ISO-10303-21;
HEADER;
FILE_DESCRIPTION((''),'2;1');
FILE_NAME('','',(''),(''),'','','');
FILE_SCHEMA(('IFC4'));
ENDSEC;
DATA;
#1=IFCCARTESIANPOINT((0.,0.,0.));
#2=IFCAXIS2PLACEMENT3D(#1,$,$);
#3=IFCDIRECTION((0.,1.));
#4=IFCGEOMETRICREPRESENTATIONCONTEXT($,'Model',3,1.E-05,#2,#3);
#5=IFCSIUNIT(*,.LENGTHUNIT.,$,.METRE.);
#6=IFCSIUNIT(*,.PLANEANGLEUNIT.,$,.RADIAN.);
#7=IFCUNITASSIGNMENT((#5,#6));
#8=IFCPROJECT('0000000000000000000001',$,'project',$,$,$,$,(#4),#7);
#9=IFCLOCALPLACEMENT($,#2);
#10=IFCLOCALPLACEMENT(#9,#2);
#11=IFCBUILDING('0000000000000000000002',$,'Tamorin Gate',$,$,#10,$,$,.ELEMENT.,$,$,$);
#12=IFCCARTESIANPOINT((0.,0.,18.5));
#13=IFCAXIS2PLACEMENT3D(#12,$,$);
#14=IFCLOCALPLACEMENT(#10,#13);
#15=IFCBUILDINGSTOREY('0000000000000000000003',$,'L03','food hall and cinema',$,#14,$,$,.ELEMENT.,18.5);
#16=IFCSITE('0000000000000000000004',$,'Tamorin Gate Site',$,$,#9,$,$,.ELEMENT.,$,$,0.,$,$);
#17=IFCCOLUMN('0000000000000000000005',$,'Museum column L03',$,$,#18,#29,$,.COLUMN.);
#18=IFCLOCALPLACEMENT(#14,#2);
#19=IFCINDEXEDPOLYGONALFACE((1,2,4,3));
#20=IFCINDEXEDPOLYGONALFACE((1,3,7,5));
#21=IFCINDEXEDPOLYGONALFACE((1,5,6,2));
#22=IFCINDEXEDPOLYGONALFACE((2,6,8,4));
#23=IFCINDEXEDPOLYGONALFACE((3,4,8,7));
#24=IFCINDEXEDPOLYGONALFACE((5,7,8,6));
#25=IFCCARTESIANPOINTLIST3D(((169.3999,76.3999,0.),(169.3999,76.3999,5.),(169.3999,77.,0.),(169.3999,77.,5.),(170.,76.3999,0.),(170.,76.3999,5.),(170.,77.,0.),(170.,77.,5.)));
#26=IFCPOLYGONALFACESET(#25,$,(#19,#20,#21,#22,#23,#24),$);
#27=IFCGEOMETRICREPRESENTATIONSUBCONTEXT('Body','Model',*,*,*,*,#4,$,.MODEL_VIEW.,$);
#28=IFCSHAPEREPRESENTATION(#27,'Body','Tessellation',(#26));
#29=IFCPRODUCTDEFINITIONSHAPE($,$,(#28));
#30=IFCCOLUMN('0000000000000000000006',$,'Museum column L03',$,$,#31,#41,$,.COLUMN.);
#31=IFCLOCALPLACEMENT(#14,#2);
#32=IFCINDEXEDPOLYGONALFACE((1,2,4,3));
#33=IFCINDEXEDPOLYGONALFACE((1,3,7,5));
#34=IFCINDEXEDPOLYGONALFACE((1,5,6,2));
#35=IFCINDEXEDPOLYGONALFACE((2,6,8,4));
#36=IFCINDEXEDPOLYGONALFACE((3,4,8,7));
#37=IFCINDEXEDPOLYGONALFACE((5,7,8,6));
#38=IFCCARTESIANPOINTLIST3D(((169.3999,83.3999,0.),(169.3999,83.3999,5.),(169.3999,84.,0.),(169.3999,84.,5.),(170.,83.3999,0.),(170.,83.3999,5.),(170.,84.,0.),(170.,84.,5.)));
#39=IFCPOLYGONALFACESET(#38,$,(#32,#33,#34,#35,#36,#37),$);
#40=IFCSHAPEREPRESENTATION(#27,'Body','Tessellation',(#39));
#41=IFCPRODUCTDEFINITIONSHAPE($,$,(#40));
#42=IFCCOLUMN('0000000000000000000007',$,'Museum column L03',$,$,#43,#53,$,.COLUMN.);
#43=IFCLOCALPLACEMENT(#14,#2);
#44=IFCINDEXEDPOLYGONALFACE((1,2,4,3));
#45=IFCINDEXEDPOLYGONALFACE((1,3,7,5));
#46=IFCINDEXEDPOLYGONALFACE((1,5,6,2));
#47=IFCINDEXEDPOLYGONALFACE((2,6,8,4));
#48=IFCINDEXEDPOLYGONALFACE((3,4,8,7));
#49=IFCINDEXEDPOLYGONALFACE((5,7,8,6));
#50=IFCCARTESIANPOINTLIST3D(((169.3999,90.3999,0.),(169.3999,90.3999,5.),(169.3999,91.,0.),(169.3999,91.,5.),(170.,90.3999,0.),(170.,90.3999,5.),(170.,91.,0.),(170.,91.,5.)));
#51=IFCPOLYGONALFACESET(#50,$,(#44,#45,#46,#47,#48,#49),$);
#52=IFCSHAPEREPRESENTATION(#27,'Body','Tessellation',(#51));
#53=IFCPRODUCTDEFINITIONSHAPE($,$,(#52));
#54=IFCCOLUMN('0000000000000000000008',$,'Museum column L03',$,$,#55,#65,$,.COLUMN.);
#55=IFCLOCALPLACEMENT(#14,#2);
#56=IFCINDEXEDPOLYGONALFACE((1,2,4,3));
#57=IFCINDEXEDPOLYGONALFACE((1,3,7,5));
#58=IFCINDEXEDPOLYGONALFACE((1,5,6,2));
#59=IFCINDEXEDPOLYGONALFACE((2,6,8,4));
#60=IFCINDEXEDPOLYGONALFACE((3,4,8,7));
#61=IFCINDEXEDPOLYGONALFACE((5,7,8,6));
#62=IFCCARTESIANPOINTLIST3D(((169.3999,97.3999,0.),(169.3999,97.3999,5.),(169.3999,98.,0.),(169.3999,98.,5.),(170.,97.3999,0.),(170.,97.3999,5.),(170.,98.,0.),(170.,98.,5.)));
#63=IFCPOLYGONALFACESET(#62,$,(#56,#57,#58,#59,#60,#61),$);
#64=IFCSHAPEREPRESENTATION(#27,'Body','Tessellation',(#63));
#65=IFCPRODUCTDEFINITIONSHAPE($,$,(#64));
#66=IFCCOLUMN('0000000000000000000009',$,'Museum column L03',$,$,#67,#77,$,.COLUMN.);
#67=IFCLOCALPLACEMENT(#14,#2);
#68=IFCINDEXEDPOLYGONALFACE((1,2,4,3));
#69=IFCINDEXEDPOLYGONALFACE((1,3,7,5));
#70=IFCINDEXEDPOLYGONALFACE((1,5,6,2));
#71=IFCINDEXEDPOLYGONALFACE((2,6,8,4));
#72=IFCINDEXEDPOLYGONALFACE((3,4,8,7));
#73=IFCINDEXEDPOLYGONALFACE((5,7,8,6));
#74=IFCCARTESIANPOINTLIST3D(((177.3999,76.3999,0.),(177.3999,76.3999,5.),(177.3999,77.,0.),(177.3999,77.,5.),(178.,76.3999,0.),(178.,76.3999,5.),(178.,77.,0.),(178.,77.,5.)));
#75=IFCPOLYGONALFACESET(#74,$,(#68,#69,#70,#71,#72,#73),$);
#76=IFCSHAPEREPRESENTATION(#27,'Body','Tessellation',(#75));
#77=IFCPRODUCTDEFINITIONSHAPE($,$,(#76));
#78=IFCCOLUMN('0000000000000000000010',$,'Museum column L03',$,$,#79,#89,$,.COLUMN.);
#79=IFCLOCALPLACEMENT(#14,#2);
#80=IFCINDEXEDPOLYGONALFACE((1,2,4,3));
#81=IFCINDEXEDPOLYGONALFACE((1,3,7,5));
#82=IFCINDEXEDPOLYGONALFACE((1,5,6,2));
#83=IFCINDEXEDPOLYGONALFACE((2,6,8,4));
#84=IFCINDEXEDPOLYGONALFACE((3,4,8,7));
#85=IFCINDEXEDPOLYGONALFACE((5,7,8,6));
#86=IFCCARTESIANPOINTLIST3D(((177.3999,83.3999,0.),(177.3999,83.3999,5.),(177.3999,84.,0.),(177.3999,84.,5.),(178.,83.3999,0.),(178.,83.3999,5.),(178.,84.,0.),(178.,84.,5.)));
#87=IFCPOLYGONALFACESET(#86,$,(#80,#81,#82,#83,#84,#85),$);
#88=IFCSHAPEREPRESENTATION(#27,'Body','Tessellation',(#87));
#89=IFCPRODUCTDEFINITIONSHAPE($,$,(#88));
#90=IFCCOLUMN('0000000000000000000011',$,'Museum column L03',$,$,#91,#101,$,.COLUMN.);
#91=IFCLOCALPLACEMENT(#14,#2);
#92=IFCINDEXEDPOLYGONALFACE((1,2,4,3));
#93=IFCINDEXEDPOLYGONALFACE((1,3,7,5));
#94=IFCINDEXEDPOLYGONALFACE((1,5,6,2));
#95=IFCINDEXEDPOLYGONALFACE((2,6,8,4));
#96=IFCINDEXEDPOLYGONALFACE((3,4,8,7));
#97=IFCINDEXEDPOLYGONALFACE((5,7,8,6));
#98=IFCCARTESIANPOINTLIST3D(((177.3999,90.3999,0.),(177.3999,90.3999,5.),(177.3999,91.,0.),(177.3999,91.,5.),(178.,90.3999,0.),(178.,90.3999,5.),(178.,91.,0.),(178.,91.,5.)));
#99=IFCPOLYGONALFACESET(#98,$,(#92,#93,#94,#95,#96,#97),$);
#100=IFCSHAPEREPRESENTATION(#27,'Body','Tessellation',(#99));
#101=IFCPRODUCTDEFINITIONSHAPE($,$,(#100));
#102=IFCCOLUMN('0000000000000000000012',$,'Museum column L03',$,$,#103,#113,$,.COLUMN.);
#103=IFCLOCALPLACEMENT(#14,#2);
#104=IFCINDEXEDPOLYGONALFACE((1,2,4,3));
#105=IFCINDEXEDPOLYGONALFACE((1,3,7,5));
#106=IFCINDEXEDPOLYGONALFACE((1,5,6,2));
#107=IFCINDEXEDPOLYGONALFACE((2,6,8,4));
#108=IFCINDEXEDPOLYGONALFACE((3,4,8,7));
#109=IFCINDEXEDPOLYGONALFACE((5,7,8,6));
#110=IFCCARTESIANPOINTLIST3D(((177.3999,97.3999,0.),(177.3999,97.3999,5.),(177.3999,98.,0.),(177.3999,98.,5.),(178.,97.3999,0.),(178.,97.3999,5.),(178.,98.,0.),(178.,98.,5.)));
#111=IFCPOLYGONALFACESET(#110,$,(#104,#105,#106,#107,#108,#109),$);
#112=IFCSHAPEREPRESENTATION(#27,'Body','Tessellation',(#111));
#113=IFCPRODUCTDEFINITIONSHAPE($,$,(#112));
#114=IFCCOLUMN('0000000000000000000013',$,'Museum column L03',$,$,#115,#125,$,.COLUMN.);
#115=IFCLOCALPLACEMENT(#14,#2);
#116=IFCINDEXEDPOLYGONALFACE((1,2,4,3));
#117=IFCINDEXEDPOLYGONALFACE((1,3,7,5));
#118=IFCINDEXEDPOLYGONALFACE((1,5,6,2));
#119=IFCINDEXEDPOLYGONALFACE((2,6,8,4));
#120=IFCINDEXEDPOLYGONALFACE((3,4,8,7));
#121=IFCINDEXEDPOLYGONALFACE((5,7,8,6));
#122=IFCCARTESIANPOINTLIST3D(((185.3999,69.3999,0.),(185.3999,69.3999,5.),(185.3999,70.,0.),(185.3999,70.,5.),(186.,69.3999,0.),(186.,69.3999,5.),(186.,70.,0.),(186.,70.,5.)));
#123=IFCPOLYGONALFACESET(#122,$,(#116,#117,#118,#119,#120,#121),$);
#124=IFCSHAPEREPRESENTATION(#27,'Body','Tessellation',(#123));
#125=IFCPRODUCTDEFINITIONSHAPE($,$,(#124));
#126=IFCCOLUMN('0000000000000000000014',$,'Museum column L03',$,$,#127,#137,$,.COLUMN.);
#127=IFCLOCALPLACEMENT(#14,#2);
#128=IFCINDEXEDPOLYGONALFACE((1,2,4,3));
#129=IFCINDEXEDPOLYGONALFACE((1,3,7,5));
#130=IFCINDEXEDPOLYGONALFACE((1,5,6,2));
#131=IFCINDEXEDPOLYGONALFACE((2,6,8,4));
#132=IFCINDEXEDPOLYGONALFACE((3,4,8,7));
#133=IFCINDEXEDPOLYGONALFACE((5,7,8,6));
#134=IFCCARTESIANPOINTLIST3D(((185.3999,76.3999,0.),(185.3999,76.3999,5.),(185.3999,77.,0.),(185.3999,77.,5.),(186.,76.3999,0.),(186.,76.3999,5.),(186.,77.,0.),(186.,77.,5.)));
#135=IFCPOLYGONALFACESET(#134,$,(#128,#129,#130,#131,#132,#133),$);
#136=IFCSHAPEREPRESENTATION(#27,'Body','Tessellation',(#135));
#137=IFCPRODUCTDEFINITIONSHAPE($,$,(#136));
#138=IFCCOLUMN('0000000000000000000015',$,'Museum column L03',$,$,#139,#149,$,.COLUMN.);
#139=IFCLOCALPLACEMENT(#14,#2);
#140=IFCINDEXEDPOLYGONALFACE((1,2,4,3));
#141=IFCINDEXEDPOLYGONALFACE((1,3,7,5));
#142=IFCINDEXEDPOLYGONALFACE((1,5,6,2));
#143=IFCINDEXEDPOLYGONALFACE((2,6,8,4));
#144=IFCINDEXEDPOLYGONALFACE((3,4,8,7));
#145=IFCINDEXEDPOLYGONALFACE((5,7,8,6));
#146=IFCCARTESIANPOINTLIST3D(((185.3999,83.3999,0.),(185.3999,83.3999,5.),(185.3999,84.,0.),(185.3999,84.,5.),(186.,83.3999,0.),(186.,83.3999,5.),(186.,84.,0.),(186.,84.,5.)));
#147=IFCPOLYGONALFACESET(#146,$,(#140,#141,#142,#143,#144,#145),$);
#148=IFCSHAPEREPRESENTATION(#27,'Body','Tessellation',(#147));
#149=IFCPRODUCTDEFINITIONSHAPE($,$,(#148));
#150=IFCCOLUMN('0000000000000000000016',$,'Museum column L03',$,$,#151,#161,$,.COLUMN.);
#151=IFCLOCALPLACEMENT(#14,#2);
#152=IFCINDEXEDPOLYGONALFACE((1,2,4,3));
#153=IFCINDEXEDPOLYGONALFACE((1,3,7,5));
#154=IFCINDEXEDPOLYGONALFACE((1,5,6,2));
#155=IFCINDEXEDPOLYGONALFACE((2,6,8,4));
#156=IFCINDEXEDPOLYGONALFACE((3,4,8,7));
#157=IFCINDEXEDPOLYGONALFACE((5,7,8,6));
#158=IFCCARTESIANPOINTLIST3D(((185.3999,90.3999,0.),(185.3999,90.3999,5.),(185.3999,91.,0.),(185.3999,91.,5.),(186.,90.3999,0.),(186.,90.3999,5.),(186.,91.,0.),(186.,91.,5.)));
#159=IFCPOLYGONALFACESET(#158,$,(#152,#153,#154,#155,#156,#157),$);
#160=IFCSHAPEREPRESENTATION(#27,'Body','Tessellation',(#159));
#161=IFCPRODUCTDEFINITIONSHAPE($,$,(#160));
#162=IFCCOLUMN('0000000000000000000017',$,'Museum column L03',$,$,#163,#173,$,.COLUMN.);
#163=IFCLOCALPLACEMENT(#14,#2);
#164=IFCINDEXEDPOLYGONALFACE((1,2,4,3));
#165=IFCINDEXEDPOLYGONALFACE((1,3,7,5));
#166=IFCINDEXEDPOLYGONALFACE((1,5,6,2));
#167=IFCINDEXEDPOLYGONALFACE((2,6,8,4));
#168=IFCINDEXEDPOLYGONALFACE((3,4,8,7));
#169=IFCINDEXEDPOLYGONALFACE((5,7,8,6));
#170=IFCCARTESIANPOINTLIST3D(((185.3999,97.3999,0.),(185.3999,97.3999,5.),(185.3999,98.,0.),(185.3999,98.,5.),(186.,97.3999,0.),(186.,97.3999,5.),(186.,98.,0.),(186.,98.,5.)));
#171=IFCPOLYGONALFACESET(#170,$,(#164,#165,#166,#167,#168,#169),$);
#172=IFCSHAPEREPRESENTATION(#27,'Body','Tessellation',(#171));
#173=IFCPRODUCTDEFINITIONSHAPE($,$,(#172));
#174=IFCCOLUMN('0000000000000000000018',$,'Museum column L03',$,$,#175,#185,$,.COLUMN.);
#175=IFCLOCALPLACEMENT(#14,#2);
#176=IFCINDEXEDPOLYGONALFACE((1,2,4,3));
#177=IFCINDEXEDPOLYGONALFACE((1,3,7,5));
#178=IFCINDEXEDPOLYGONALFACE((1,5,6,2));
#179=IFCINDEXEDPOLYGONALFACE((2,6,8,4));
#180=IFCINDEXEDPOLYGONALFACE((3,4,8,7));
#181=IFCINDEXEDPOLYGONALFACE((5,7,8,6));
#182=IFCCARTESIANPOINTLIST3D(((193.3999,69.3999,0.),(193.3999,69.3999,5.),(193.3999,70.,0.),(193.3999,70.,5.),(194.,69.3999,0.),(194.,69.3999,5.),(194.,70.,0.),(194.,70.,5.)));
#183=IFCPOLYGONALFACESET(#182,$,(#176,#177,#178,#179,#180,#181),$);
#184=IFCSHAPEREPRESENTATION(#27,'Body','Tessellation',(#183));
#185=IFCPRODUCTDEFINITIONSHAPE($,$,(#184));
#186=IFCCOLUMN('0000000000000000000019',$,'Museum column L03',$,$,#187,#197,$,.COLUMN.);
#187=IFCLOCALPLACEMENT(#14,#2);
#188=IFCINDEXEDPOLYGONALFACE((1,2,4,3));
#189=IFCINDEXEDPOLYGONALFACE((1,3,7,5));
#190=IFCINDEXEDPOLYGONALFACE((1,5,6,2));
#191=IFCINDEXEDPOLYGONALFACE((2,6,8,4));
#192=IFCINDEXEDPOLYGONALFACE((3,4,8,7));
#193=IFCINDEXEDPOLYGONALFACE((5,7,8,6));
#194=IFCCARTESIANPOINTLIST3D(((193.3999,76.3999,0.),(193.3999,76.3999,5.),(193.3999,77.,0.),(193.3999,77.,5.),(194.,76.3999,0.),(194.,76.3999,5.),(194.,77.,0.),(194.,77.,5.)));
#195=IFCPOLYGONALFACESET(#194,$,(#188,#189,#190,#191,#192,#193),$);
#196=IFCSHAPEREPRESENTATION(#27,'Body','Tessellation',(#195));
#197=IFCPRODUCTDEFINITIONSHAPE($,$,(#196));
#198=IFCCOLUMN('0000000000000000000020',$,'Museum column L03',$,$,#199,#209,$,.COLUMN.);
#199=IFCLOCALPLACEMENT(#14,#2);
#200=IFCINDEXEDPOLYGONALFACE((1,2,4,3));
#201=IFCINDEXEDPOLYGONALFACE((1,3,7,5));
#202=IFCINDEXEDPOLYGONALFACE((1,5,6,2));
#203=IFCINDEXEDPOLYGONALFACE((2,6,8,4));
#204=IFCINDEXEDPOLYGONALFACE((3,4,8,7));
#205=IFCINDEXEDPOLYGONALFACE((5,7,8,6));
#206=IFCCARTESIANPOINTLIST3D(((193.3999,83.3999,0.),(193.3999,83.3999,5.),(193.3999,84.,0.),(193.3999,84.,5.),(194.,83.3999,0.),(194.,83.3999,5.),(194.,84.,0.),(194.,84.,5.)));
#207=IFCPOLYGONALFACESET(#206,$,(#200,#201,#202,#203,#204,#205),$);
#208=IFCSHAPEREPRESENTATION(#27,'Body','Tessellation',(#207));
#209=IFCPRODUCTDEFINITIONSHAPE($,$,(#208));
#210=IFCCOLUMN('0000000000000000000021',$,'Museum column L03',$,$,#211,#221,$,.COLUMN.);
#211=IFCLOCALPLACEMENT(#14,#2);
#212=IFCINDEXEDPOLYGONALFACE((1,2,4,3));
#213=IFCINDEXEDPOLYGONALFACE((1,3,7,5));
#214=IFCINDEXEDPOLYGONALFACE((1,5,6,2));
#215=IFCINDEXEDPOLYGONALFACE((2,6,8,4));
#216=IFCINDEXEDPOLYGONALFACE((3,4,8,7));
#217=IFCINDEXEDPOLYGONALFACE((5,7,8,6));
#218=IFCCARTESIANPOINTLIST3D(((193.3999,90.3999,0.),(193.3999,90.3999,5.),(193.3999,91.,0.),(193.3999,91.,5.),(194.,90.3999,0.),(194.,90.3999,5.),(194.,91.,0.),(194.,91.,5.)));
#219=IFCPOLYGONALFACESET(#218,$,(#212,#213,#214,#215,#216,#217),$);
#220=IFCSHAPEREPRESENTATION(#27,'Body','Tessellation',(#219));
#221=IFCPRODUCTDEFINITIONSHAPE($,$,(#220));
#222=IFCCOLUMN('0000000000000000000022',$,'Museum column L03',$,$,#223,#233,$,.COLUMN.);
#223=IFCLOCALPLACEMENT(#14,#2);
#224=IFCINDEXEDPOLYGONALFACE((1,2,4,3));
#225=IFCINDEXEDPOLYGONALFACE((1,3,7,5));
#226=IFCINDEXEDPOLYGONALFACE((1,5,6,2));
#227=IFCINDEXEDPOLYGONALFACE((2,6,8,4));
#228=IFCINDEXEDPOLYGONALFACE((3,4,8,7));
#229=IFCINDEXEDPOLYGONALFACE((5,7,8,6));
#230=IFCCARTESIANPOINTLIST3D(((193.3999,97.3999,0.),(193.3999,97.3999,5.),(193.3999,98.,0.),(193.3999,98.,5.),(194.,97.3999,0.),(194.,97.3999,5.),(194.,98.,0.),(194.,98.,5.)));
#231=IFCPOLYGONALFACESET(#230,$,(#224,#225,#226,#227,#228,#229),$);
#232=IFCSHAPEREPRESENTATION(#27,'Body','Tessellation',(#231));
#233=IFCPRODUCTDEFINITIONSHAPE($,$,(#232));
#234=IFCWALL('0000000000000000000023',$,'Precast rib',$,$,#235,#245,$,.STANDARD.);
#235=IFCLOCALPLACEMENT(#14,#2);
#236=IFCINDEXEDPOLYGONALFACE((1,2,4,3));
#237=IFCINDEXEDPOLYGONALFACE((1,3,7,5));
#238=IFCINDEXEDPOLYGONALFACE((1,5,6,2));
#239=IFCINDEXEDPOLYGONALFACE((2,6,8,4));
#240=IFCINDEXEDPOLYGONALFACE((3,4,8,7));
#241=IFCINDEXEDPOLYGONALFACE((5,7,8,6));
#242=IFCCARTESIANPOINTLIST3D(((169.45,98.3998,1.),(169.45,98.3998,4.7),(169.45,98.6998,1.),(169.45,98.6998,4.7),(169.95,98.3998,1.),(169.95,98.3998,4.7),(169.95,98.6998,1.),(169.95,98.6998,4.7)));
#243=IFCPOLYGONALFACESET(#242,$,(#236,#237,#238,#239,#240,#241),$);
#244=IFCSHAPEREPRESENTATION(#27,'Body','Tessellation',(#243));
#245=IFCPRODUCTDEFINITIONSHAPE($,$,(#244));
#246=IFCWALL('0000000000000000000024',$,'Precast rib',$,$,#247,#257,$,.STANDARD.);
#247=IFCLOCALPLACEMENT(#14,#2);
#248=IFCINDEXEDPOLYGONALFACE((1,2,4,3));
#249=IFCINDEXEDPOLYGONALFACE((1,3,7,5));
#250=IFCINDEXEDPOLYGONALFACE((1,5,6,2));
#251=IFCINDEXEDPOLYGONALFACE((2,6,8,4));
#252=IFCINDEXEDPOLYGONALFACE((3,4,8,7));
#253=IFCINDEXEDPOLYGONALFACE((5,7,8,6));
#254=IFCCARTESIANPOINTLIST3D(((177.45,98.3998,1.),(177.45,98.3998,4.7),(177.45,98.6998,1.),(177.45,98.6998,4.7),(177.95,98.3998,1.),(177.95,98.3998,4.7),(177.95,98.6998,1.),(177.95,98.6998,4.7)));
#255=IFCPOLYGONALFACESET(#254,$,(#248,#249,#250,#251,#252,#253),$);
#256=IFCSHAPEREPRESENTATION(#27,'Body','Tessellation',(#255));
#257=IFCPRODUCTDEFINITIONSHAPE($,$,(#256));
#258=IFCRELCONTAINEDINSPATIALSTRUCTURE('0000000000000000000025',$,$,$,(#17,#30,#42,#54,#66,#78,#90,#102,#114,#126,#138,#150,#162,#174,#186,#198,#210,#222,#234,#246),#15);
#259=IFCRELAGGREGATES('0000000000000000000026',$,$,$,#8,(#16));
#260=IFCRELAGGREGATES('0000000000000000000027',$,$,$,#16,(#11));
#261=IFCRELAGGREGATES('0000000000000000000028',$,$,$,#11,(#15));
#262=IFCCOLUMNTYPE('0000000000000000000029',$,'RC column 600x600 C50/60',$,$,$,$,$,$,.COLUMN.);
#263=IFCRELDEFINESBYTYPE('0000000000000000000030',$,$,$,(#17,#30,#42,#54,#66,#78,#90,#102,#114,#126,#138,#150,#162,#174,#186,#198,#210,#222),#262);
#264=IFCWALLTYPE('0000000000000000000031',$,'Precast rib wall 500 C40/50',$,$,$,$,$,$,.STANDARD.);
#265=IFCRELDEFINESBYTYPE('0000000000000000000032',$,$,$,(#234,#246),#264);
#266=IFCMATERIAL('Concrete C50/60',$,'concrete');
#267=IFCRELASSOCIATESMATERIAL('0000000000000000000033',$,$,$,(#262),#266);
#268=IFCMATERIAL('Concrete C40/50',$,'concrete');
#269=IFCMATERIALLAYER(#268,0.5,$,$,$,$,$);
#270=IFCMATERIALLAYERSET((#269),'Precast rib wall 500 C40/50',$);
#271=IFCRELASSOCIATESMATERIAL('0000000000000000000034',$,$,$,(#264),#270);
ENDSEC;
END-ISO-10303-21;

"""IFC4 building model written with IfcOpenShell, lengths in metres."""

from ifc_helpers import new_model, si_unit, direction, frame, frame_2d, origin, origin_2d, place, context, subcontext, project, spatial, rectangle, extrude, material, layer, layer_set, material_profile, profile_set, type_object, element, save


model = new_model("IFC4")

# Units and contexts
model_context = context("Model", 3, precision=1e-05, world=origin(), true_north=direction((0.0, 1.0)))
body_context = subcontext(model_context, "Body", "Model", "MODEL_VIEW")
ifc_project = project(units=[si_unit("LENGTHUNIT", "METRE"), si_unit("PLANEANGLEUNIT", "RADIAN")], contexts=[model_context])

# Site, building, storey
site_placement = place(None, origin())
site = spatial("IfcSite", under=ifc_project, at=site_placement, Name="Tamorin Gate Site", CompositionType="ELEMENT", RefElevation=0.0)
building_placement = place(site_placement, origin())
building = spatial("IfcBuilding", under=site, at=building_placement, Name="Tamorin Gate", CompositionType="ELEMENT")
storey_placement = place(building_placement, frame((0.0, 0.0, 18.5)))
storey = spatial("IfcBuildingStorey", under=building, at=storey_placement, Name="L03", Description="food hall and cinema", CompositionType="ELEMENT", Elevation=18.5)

# Columns
ifc_material_1 = material(Name="Concrete C50/60", Category="concrete")
ifc_material_profile = material_profile(ifc_material_1, rectangle(XDim=0.6001, YDim=0.6001, at=origin_2d()))
ifc_profile_set = profile_set([ifc_material_profile], Name="Concrete C50/60")
column_type = type_object("IfcColumnType", Name="RC column 600x600 C50/60", PredefinedType="COLUMN", material=ifc_profile_set)
for number, where, z_axis, x_axis, name in (
    (1, (169.7, 76.7, 0.0), (0.0, 0.0, 1.0), (1.0, 0.0, 0.0), "Museum column L03"),
    (2, (169.7, 83.7, 0.0), (0.0, 0.0, 1.0), (1.0, 0.0, 0.0), "Museum column L03"),
    (3, (169.7, 90.7, 0.0), (0.0, 0.0, 1.0), (1.0, 0.0, 0.0), "Museum column L03"),
    (4, (169.7, 97.7, 0.0), (0.0, 0.0, 1.0), (1.0, 0.0, 0.0), "Museum column L03"),
    (5, (177.7, 76.7, 0.0), (0.0, 0.0, 1.0), (1.0, 0.0, 0.0), "Museum column L03"),
    (6, (177.7, 83.7, 0.0), (0.0, 0.0, 1.0), (1.0, 0.0, 0.0), "Museum column L03"),
    (7, (177.7, 90.7, 0.0), (0.0, 0.0, 1.0), (1.0, 0.0, 0.0), "Museum column L03"),
    (8, (177.7, 97.7, 0.0), (0.0, 0.0, 1.0), (1.0, 0.0, 0.0), "Museum column L03"),
    (9, (185.7, 69.7, 0.0), (0.0, 0.0, 1.0), (1.0, 0.0, 0.0), "Museum column L03"),
    (10, (185.7, 76.7, 0.0), (0.0, 0.0, 1.0), (1.0, 0.0, 0.0), "Museum column L03"),
    (11, (185.7, 83.7, 0.0), (0.0, 0.0, 1.0), (1.0, 0.0, 0.0), "Museum column L03"),
    (12, (185.7, 90.7, 0.0), (0.0, 0.0, 1.0), (1.0, 0.0, 0.0), "Museum column L03"),
    (13, (185.7, 97.7, 0.0), (0.0, 0.0, 1.0), (1.0, 0.0, 0.0), "Museum column L03"),
    (14, (193.7, 69.7, 0.0), (0.0, 0.0, 1.0), (1.0, 0.0, 0.0), "Museum column L03"),
    (15, (193.7, 76.7, 0.0), (0.0, 0.0, 1.0), (1.0, 0.0, 0.0), "Museum column L03"),
    (16, (193.7, 83.7, 0.0), (0.0, 0.0, 1.0), (1.0, 0.0, 0.0), "Museum column L03"),
    (17, (193.7, 90.7, 0.0), (0.0, 0.0, 1.0), (1.0, 0.0, 0.0), "Museum column L03"),
    (18, (193.7, 97.7, 0.0), (0.0, 0.0, 1.0), (1.0, 0.0, 0.0), "Museum column L03"),
):
    element("IfcColumn", number, at=place(storey_placement, frame(where, z_axis=z_axis, x_axis=x_axis)), inside=storey, type_object=column_type, Name=name, PredefinedType="COLUMN", context=body_context, shape_type="SweptSolid", body=[
        extrude(rectangle(XDim=0.6001, YDim=0.6001, at=origin_2d()), origin(), (0.0, 0.0, 1.0), 5.0),
    ])

# Walls
ifc_material_2 = material(Name="Concrete C40/50", Category="concrete")
ifc_layer = layer(ifc_material_2, 0.5)
ifc_layer_set = layer_set([ifc_layer], Name="Precast rib wall 500 C40/50")
wall_type = type_object("IfcWallType", Name="Precast rib wall 500 C40/50", PredefinedType="STANDARD", material=ifc_layer_set)
for number, where, z_axis, x_axis, name in (
    (19, (169.7, 98.3999, 1.0), (0.0, 0.0, 1.0), (0.0, 1.0, 0.0), "Precast rib"),
    (20, (177.7, 98.3999, 1.0), (0.0, 0.0, 1.0), (0.0, 1.0, 0.0), "Precast rib"),
):
    element("IfcWall", number, at=place(storey_placement, frame(where, z_axis=z_axis, x_axis=x_axis)), inside=storey, type_object=wall_type, Name=name, PredefinedType="STANDARD", context=body_context, shape_type="SweptSolid", body=[
        extrude(rectangle(XDim=0.3, YDim=0.5, at=frame_2d((0.1499, 0.0))), origin(), (0.0, 0.0, 1.0), 3.7),
    ])

save(model, "model.ifc")
